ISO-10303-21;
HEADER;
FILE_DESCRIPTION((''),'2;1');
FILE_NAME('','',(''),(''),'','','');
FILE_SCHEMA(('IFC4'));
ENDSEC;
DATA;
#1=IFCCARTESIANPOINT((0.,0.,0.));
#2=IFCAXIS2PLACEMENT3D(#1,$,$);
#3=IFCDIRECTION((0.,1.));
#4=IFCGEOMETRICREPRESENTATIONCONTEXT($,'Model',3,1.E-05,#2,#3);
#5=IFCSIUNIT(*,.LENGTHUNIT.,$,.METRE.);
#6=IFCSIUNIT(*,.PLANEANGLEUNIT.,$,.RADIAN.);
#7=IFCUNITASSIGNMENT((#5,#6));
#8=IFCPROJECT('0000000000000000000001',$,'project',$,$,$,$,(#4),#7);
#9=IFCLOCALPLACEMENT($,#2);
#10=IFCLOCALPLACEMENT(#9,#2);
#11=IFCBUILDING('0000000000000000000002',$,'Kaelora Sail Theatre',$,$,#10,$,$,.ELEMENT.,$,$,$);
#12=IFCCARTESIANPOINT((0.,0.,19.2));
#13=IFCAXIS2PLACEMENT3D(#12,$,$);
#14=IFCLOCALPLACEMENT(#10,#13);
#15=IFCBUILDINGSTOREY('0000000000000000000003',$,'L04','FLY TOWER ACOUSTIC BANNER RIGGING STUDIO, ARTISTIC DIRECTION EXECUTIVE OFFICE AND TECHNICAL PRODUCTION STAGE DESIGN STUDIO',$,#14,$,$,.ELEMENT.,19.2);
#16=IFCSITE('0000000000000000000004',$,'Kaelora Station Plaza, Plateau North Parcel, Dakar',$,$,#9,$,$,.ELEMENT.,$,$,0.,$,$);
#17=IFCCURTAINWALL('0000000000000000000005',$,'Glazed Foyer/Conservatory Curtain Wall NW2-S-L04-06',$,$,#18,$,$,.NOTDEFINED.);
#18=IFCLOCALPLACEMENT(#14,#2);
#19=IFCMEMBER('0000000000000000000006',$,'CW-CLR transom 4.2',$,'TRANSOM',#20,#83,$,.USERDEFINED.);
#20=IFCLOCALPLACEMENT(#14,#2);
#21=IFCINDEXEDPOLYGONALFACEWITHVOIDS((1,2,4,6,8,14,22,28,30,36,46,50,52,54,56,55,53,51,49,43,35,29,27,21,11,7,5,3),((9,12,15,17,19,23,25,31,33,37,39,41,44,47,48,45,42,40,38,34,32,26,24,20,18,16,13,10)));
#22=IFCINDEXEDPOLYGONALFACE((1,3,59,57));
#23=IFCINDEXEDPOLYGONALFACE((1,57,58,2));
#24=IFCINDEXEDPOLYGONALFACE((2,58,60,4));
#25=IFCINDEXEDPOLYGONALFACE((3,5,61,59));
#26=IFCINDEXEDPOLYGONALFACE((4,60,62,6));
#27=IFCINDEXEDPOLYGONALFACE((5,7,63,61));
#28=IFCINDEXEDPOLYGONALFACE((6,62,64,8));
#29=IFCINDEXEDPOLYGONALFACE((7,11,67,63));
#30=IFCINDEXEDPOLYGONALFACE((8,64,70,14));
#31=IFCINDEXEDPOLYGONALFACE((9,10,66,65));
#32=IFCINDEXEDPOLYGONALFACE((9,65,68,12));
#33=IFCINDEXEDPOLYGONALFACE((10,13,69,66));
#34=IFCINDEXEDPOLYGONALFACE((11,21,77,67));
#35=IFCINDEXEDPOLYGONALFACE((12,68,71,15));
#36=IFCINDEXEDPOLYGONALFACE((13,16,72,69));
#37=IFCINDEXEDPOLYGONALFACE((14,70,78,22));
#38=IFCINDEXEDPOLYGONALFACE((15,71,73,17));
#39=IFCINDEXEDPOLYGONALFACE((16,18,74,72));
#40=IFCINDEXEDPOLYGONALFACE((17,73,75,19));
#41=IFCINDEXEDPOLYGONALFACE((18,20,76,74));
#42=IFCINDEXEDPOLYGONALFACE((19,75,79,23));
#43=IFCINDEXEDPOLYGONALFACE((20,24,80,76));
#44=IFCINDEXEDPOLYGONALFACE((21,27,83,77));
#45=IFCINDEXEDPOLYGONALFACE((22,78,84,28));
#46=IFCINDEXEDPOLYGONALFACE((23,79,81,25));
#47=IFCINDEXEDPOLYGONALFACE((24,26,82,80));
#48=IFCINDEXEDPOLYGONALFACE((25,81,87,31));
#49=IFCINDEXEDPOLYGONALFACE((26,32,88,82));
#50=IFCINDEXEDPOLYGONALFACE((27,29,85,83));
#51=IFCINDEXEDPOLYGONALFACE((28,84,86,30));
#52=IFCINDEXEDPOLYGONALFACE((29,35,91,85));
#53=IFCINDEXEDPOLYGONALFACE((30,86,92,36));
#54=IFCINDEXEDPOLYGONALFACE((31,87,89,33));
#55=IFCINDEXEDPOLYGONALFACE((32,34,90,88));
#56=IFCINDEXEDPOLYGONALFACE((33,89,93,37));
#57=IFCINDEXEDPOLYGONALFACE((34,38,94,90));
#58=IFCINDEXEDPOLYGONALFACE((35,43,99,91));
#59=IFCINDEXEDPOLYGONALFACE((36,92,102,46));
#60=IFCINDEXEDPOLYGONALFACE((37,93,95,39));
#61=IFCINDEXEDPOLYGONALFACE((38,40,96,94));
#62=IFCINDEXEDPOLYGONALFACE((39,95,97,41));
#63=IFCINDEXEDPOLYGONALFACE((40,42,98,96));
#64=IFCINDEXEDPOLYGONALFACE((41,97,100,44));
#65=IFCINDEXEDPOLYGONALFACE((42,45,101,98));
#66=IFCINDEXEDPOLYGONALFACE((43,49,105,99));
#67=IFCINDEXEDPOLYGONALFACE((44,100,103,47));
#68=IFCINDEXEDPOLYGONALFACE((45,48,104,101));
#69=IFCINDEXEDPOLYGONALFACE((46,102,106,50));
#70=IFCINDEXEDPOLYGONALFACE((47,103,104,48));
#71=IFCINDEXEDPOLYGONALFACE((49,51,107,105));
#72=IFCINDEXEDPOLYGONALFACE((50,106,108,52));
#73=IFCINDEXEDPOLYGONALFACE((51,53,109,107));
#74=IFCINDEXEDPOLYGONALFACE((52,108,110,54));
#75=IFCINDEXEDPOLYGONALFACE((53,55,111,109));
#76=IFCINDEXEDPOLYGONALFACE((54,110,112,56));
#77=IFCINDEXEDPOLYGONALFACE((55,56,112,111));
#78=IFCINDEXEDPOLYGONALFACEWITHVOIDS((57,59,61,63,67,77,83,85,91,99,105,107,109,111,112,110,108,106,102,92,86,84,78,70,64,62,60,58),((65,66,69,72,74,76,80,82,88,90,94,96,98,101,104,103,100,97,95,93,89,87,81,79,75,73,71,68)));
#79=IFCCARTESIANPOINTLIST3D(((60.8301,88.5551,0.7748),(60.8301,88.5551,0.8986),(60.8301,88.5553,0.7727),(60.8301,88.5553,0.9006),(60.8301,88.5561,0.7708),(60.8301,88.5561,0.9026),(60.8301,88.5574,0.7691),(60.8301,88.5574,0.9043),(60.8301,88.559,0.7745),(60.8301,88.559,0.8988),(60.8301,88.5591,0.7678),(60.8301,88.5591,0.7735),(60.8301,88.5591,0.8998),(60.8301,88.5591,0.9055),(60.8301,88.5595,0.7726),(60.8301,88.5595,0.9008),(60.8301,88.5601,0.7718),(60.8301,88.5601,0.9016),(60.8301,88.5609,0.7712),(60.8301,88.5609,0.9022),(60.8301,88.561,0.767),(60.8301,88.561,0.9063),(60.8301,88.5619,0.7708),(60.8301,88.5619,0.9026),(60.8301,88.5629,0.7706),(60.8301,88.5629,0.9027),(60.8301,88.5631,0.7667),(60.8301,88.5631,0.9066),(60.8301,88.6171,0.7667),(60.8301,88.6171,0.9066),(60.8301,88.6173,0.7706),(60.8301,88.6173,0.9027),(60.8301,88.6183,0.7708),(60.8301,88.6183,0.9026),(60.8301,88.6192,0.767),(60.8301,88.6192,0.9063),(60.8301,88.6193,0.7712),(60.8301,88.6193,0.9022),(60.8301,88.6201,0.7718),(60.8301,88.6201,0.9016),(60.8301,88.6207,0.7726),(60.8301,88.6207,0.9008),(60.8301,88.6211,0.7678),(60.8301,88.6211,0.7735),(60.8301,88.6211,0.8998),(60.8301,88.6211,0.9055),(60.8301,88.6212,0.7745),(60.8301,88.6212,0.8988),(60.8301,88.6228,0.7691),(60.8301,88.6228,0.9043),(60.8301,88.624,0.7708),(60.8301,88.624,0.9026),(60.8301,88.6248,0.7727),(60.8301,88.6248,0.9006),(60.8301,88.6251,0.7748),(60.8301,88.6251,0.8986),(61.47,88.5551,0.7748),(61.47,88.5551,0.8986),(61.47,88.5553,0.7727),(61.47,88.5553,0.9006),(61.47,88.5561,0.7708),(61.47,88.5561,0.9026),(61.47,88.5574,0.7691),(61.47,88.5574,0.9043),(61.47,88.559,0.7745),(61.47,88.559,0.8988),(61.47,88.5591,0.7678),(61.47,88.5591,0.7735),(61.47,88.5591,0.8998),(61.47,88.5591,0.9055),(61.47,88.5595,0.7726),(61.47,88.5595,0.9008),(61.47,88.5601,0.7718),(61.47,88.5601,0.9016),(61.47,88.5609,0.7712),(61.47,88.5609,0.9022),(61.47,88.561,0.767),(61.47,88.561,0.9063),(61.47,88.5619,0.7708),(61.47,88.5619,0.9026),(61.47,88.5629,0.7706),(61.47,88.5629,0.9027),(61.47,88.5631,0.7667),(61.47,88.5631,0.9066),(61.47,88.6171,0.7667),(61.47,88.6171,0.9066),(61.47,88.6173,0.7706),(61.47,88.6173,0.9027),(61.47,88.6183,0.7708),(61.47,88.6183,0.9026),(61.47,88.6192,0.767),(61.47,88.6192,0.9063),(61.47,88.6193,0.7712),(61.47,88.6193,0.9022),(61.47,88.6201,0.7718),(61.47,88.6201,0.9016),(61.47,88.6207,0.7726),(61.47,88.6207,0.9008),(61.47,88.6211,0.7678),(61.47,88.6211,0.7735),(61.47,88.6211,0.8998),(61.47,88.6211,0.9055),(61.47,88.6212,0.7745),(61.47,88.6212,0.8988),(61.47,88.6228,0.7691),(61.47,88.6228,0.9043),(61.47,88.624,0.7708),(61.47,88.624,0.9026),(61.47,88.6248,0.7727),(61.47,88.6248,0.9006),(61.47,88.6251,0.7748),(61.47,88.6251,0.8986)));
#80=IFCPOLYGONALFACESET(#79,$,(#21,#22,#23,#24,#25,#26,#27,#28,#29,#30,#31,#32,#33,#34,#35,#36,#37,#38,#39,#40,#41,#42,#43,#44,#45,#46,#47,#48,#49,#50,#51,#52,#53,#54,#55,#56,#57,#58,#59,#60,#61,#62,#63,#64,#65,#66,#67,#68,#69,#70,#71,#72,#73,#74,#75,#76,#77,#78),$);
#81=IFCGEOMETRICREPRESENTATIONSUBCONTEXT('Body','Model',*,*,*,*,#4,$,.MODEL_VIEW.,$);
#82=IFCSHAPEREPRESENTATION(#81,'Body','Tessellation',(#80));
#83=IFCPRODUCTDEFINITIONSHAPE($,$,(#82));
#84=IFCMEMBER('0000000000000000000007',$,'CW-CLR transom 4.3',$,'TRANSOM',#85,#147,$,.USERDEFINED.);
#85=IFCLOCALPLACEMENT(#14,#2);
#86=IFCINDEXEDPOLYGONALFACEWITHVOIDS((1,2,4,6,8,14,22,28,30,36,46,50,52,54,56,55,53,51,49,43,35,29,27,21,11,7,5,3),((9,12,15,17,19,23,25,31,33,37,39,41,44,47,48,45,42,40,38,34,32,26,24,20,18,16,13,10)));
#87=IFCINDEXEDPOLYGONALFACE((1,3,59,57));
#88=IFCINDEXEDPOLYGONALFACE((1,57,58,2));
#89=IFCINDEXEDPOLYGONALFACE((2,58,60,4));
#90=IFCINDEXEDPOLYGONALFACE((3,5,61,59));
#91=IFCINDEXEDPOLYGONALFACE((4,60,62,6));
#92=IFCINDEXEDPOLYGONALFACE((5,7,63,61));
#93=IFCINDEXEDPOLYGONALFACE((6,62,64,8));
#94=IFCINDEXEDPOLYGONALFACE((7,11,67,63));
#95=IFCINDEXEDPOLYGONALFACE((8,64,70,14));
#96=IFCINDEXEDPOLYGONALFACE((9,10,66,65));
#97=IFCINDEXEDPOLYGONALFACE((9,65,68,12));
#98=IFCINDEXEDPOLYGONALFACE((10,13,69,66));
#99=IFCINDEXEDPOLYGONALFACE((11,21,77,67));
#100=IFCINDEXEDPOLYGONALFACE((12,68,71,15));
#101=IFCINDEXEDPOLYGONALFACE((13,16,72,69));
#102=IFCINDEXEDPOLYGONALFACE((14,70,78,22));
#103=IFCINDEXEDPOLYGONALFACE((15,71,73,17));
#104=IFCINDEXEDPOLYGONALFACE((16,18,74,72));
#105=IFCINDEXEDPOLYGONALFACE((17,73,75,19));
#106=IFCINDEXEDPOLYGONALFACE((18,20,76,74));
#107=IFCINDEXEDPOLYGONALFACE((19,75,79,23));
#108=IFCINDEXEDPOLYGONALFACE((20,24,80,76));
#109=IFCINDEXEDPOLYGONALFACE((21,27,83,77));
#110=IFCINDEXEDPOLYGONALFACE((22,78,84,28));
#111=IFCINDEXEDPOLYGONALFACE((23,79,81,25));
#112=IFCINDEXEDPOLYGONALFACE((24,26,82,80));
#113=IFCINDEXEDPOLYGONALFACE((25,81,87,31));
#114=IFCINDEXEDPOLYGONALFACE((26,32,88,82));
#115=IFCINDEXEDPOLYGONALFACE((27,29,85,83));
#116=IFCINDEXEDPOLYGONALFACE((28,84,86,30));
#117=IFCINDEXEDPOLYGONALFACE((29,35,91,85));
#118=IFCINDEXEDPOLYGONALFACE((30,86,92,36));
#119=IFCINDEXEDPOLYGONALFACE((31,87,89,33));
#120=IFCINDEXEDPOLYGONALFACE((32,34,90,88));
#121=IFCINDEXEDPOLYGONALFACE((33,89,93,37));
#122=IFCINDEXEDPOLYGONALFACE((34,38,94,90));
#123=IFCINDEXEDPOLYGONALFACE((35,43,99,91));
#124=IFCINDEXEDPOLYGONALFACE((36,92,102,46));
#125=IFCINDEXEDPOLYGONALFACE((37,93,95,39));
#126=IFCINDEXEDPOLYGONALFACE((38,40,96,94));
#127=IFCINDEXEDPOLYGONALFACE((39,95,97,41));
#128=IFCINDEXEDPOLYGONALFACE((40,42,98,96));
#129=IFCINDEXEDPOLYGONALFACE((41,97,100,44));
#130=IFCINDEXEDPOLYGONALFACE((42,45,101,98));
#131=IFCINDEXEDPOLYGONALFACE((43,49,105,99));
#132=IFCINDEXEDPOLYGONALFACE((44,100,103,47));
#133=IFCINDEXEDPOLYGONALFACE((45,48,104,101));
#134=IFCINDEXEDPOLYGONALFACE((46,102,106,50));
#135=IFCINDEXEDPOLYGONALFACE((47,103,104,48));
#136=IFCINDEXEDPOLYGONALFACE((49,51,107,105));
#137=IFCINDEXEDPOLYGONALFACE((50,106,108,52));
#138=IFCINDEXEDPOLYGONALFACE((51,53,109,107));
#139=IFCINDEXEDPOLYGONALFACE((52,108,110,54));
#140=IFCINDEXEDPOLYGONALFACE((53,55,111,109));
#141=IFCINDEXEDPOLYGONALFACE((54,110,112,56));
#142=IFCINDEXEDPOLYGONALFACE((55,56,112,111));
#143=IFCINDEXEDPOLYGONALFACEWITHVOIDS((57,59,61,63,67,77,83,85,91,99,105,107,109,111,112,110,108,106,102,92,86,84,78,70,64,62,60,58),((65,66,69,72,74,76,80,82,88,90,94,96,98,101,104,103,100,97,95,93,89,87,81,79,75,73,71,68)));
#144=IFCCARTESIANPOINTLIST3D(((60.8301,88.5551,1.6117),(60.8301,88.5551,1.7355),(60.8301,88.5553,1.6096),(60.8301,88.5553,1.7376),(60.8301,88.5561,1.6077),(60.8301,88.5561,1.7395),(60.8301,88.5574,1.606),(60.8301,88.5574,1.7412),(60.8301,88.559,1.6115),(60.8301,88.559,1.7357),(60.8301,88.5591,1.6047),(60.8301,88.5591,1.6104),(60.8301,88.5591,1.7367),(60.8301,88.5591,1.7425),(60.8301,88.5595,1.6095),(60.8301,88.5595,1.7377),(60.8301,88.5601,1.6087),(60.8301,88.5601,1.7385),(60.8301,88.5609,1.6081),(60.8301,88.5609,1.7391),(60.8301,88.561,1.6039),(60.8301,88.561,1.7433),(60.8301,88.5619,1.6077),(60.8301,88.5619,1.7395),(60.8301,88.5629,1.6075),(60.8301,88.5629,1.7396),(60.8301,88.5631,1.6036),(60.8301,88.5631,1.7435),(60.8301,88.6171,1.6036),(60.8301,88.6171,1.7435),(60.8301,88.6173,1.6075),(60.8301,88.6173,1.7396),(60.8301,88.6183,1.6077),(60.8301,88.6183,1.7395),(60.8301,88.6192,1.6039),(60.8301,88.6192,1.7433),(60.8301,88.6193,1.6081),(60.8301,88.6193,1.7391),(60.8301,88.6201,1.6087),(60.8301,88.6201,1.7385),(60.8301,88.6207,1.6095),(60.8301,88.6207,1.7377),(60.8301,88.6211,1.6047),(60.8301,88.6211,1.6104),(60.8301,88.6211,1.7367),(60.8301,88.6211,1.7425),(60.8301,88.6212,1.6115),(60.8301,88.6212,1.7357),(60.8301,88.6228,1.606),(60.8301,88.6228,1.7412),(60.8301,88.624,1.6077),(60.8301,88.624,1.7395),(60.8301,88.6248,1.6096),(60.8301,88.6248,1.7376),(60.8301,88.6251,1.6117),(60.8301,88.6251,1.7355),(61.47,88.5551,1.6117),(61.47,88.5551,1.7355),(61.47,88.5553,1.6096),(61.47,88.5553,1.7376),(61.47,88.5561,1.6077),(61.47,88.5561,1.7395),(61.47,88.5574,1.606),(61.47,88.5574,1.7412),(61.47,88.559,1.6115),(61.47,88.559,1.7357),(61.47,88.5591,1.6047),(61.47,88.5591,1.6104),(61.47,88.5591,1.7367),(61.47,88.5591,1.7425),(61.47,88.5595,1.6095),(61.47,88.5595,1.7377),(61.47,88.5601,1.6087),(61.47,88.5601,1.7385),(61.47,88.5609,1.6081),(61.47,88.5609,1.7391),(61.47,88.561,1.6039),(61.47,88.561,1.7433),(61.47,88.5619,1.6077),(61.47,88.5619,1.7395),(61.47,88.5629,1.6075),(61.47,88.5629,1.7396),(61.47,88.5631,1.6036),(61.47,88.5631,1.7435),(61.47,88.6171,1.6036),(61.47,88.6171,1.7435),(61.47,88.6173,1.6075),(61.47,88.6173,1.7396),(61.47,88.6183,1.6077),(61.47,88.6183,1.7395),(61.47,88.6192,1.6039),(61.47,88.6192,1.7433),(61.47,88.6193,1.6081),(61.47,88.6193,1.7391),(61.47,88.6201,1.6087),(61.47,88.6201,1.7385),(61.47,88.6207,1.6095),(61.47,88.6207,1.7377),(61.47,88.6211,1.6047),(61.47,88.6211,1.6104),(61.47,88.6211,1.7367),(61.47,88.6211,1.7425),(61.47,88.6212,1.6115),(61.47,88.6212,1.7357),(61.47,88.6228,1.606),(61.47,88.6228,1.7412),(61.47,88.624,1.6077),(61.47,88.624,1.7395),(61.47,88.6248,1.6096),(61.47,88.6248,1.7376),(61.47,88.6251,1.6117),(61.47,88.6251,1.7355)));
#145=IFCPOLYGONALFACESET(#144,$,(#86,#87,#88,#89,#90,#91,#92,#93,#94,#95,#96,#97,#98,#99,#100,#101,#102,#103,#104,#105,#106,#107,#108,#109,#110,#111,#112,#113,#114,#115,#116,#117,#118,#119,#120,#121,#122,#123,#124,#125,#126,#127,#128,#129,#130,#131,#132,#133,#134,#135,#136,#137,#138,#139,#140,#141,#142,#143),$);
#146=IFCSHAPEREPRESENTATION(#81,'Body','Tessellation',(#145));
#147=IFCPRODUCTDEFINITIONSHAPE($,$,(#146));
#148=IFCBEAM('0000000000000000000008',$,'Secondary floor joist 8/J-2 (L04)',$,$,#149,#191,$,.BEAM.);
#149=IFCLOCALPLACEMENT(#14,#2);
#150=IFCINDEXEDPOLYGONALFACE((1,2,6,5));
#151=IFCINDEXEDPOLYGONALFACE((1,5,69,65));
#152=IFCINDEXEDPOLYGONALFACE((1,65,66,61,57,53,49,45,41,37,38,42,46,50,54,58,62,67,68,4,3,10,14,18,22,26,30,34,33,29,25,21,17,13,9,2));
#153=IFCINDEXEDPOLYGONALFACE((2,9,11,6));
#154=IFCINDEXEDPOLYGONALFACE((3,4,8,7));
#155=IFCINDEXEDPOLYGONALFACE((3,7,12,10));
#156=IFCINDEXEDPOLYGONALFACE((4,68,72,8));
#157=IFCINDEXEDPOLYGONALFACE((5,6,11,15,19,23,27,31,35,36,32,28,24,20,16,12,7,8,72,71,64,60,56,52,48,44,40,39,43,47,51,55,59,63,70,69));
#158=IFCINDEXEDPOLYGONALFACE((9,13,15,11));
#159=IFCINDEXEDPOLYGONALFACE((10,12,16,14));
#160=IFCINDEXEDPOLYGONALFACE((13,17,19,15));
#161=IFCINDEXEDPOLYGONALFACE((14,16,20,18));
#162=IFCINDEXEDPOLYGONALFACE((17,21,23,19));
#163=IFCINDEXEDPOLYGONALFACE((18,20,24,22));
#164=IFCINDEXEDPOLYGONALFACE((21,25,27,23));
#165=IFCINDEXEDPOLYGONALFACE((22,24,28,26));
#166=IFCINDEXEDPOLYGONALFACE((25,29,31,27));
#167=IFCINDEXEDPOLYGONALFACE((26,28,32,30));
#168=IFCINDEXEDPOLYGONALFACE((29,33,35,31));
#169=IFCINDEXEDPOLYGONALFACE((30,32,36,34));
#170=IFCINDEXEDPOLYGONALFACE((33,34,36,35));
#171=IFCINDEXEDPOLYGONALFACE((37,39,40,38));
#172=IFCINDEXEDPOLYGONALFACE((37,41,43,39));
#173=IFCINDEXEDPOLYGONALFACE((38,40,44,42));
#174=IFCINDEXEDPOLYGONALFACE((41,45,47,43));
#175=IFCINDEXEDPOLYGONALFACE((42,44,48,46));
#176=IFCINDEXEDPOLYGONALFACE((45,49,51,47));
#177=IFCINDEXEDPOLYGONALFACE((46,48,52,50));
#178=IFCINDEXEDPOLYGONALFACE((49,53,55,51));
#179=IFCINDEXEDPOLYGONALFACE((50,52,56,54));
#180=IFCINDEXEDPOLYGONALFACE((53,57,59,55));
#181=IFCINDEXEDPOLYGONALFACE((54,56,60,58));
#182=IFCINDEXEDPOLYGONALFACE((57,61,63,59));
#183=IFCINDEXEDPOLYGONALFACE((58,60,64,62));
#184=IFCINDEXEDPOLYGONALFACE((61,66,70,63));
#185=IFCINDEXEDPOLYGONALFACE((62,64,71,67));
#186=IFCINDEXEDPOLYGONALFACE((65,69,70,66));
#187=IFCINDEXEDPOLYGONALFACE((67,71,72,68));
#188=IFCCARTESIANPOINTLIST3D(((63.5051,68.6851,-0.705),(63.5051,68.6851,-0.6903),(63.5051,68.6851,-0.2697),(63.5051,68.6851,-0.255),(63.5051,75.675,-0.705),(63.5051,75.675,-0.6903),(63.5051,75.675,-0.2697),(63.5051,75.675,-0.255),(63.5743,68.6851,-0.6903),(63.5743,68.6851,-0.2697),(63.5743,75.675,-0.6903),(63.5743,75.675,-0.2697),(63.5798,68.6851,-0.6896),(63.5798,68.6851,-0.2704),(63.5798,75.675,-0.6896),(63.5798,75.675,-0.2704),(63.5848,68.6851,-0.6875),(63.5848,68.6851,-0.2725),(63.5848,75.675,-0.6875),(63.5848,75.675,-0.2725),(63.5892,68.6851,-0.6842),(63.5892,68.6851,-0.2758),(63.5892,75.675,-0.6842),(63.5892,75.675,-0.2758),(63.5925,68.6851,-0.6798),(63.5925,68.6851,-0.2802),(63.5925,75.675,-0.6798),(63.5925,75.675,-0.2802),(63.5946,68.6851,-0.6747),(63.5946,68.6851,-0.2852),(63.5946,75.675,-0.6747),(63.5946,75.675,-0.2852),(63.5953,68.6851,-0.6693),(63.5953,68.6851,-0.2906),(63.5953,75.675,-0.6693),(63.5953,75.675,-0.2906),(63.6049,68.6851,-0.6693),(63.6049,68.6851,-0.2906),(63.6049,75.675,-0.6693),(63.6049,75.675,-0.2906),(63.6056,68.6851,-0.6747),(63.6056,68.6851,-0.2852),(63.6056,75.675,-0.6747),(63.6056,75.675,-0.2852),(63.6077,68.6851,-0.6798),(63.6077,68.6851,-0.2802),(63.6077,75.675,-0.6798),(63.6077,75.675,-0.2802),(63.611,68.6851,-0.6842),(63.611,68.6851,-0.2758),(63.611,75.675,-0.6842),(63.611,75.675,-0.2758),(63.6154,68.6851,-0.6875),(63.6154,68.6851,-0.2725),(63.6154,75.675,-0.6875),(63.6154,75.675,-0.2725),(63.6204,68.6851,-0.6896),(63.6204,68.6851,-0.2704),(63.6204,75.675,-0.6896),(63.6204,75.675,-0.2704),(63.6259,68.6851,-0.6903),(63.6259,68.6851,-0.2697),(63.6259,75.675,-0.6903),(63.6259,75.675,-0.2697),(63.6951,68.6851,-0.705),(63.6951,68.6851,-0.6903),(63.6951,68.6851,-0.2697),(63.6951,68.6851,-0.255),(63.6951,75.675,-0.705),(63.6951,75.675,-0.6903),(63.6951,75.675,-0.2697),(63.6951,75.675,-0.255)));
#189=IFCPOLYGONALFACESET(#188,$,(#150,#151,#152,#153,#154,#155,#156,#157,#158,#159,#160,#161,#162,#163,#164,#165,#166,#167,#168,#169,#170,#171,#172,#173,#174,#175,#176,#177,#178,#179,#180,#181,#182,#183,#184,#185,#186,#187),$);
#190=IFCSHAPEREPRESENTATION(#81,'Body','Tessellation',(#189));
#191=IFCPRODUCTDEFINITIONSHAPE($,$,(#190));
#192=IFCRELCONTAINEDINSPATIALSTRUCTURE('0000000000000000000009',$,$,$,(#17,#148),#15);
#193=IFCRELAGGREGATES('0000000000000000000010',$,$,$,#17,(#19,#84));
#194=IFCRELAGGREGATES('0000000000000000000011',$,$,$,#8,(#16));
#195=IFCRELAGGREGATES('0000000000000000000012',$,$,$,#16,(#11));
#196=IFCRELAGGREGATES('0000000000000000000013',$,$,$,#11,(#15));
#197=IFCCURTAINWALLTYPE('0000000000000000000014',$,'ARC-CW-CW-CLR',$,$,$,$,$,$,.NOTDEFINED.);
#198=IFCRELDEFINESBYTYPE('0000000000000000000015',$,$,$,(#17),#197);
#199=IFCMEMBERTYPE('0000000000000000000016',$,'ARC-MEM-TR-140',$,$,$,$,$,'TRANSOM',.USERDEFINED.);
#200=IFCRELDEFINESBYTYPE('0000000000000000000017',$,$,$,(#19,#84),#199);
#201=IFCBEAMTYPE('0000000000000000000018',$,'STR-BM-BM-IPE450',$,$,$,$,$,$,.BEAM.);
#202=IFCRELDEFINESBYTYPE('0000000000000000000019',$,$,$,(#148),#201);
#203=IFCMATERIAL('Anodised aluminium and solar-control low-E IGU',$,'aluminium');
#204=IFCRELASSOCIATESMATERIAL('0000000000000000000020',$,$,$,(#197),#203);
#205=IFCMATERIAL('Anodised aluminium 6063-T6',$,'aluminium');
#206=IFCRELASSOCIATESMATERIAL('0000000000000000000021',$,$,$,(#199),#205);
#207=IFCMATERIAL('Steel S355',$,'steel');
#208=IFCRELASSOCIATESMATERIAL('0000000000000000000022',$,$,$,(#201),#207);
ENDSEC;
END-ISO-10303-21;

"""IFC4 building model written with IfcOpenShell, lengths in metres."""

from ifc_helpers import new_model, si_unit, direction, frame, origin, origin_2d, place, context, subcontext, project, spatial, hollow_rectangle, i_section, extrude, material, material_profile, profile_set, type_object, element, aggregate, save


model = new_model("IFC4")

# Units and contexts
model_context = context("Model", 3, precision=1e-05, world=origin(), true_north=direction((0.0, 1.0)))
body_context = subcontext(model_context, "Body", "Model", "MODEL_VIEW")
ifc_project = project(units=[si_unit("LENGTHUNIT", "METRE"), si_unit("PLANEANGLEUNIT", "RADIAN")], contexts=[model_context])

# Site, building, storey
site_placement = place(None, origin())
site = spatial("IfcSite", under=ifc_project, at=site_placement, Name="Kaelora Station Plaza, Plateau North Parcel, Dakar", CompositionType="ELEMENT", RefElevation=0.0)
building_placement = place(site_placement, origin())
building = spatial("IfcBuilding", under=site, at=building_placement, Name="Kaelora Sail Theatre", CompositionType="ELEMENT")
storey_placement = place(building_placement, frame((0.0, 0.0, 19.2)))
storey = spatial("IfcBuildingStorey", under=building, at=storey_placement, Name="L04", Description="FLY TOWER ACOUSTIC BANNER RIGGING STUDIO, ARTISTIC DIRECTION EXECUTIVE OFFICE AND TECHNICAL PRODUCTION STAGE DESIGN STUDIO", CompositionType="ELEMENT", Elevation=19.2)

# Curtain wall, members
ifc_material_1 = material(Name="Anodised aluminium and solar-control low-E IGU", Category="aluminium")
curtain_wall_type = type_object("IfcCurtainWallType", Name="ARC-CW-CW-CLR", PredefinedType="NOTDEFINED", material=ifc_material_1)
curtain_wall_placement = place(storey_placement, origin())
curtain_wall = element("IfcCurtainWall", 1, at=curtain_wall_placement, inside=storey, type_object=curtain_wall_type, Name="Glazed Foyer/Conservatory Curtain Wall NW2-S-L04-06", PredefinedType="NOTDEFINED")
ifc_material_2 = material(Name="Anodised aluminium 6063-T6", Category="aluminium")
ifc_material_profile_1 = material_profile(ifc_material_2, hollow_rectangle(XDim=0.0701, YDim=0.1399, WallThickness=0.0039, InnerFilletRadius=0.0039, OuterFilletRadius=0.0081, at=origin_2d()), Name="ALU-TRAN 70x140x4")
ifc_profile_set_1 = profile_set([ifc_material_profile_1], Name="Anodised aluminium 6063-T6")
member_type_1 = type_object("IfcMemberType", Name="ARC-MEM-TR-140", ElementType="TRANSOM", PredefinedType="USERDEFINED", material=ifc_profile_set_1)
member_1_placement = place(storey_placement, frame((60.8301, 88.5901, 0.8367), z_axis=(1.0, 0.0, 0.0), x_axis=(0.0, 1.0, 0.0)))
member_1 = element("IfcMember", 2, at=member_1_placement, type_object=member_type_1, Name="CW-CLR transom 4.2", ObjectType="TRANSOM", PredefinedType="USERDEFINED", context=body_context, shape_type="SweptSolid", body=[
    extrude(hollow_rectangle(XDim=0.0701, YDim=0.1399, WallThickness=0.0039, InnerFilletRadius=0.0039, OuterFilletRadius=0.0081, at=origin_2d()), origin(), (0.0, 0.0, 1.0), 0.6399),
])
member_2_placement = place(storey_placement, frame((60.8301, 88.5901, 1.6736), z_axis=(1.0, 0.0, 0.0), x_axis=(0.0, 1.0, 0.0)))
member_2 = element("IfcMember", 3, at=member_2_placement, type_object=member_type_1, Name="CW-CLR transom 4.3", ObjectType="TRANSOM", PredefinedType="USERDEFINED", context=body_context, shape_type="SweptSolid", body=[
    extrude(hollow_rectangle(XDim=0.0701, YDim=0.1399, WallThickness=0.0039, InnerFilletRadius=0.0039, OuterFilletRadius=0.0081, at=origin_2d()), origin(), (0.0, 0.0, 1.0), 0.6399),
])

# Beam
ifc_material_3 = material(Name="Steel S355", Category="steel")
ifc_material_profile_2 = material_profile(ifc_material_3, i_section(OverallWidth=0.1899, OverallDepth=0.45, WebThickness=0.0095, FlangeThickness=0.0146, FilletRadius=0.021, at=origin_2d()), Name="IPE 450")
ifc_profile_set_2 = profile_set([ifc_material_profile_2], Name="Steel S355")
beam_type_1 = type_object("IfcBeamType", Name="STR-BM-BM-IPE450", PredefinedType="BEAM", material=ifc_profile_set_2)
beam_1_placement = place(storey_placement, frame((63.6001, 68.6851, -0.48), z_axis=(0.0, 1.0, 0.0), x_axis=(-1.0, 0.0, 0.0)))
element("IfcBeam", 4, at=beam_1_placement, inside=storey, type_object=beam_type_1, Name="Secondary floor joist 8/J-2 (L04)", PredefinedType="BEAM", context=body_context, shape_type="SweptSolid", body=[
    extrude(i_section(OverallWidth=0.1899, OverallDepth=0.45, WebThickness=0.0095, FlangeThickness=0.0146, FilletRadius=0.021, at=origin_2d()), origin(), (0.0, 0.0, 1.0), 6.99),
])

aggregate(curtain_wall, [member_1, member_2])

save(model, "model.ifc")
